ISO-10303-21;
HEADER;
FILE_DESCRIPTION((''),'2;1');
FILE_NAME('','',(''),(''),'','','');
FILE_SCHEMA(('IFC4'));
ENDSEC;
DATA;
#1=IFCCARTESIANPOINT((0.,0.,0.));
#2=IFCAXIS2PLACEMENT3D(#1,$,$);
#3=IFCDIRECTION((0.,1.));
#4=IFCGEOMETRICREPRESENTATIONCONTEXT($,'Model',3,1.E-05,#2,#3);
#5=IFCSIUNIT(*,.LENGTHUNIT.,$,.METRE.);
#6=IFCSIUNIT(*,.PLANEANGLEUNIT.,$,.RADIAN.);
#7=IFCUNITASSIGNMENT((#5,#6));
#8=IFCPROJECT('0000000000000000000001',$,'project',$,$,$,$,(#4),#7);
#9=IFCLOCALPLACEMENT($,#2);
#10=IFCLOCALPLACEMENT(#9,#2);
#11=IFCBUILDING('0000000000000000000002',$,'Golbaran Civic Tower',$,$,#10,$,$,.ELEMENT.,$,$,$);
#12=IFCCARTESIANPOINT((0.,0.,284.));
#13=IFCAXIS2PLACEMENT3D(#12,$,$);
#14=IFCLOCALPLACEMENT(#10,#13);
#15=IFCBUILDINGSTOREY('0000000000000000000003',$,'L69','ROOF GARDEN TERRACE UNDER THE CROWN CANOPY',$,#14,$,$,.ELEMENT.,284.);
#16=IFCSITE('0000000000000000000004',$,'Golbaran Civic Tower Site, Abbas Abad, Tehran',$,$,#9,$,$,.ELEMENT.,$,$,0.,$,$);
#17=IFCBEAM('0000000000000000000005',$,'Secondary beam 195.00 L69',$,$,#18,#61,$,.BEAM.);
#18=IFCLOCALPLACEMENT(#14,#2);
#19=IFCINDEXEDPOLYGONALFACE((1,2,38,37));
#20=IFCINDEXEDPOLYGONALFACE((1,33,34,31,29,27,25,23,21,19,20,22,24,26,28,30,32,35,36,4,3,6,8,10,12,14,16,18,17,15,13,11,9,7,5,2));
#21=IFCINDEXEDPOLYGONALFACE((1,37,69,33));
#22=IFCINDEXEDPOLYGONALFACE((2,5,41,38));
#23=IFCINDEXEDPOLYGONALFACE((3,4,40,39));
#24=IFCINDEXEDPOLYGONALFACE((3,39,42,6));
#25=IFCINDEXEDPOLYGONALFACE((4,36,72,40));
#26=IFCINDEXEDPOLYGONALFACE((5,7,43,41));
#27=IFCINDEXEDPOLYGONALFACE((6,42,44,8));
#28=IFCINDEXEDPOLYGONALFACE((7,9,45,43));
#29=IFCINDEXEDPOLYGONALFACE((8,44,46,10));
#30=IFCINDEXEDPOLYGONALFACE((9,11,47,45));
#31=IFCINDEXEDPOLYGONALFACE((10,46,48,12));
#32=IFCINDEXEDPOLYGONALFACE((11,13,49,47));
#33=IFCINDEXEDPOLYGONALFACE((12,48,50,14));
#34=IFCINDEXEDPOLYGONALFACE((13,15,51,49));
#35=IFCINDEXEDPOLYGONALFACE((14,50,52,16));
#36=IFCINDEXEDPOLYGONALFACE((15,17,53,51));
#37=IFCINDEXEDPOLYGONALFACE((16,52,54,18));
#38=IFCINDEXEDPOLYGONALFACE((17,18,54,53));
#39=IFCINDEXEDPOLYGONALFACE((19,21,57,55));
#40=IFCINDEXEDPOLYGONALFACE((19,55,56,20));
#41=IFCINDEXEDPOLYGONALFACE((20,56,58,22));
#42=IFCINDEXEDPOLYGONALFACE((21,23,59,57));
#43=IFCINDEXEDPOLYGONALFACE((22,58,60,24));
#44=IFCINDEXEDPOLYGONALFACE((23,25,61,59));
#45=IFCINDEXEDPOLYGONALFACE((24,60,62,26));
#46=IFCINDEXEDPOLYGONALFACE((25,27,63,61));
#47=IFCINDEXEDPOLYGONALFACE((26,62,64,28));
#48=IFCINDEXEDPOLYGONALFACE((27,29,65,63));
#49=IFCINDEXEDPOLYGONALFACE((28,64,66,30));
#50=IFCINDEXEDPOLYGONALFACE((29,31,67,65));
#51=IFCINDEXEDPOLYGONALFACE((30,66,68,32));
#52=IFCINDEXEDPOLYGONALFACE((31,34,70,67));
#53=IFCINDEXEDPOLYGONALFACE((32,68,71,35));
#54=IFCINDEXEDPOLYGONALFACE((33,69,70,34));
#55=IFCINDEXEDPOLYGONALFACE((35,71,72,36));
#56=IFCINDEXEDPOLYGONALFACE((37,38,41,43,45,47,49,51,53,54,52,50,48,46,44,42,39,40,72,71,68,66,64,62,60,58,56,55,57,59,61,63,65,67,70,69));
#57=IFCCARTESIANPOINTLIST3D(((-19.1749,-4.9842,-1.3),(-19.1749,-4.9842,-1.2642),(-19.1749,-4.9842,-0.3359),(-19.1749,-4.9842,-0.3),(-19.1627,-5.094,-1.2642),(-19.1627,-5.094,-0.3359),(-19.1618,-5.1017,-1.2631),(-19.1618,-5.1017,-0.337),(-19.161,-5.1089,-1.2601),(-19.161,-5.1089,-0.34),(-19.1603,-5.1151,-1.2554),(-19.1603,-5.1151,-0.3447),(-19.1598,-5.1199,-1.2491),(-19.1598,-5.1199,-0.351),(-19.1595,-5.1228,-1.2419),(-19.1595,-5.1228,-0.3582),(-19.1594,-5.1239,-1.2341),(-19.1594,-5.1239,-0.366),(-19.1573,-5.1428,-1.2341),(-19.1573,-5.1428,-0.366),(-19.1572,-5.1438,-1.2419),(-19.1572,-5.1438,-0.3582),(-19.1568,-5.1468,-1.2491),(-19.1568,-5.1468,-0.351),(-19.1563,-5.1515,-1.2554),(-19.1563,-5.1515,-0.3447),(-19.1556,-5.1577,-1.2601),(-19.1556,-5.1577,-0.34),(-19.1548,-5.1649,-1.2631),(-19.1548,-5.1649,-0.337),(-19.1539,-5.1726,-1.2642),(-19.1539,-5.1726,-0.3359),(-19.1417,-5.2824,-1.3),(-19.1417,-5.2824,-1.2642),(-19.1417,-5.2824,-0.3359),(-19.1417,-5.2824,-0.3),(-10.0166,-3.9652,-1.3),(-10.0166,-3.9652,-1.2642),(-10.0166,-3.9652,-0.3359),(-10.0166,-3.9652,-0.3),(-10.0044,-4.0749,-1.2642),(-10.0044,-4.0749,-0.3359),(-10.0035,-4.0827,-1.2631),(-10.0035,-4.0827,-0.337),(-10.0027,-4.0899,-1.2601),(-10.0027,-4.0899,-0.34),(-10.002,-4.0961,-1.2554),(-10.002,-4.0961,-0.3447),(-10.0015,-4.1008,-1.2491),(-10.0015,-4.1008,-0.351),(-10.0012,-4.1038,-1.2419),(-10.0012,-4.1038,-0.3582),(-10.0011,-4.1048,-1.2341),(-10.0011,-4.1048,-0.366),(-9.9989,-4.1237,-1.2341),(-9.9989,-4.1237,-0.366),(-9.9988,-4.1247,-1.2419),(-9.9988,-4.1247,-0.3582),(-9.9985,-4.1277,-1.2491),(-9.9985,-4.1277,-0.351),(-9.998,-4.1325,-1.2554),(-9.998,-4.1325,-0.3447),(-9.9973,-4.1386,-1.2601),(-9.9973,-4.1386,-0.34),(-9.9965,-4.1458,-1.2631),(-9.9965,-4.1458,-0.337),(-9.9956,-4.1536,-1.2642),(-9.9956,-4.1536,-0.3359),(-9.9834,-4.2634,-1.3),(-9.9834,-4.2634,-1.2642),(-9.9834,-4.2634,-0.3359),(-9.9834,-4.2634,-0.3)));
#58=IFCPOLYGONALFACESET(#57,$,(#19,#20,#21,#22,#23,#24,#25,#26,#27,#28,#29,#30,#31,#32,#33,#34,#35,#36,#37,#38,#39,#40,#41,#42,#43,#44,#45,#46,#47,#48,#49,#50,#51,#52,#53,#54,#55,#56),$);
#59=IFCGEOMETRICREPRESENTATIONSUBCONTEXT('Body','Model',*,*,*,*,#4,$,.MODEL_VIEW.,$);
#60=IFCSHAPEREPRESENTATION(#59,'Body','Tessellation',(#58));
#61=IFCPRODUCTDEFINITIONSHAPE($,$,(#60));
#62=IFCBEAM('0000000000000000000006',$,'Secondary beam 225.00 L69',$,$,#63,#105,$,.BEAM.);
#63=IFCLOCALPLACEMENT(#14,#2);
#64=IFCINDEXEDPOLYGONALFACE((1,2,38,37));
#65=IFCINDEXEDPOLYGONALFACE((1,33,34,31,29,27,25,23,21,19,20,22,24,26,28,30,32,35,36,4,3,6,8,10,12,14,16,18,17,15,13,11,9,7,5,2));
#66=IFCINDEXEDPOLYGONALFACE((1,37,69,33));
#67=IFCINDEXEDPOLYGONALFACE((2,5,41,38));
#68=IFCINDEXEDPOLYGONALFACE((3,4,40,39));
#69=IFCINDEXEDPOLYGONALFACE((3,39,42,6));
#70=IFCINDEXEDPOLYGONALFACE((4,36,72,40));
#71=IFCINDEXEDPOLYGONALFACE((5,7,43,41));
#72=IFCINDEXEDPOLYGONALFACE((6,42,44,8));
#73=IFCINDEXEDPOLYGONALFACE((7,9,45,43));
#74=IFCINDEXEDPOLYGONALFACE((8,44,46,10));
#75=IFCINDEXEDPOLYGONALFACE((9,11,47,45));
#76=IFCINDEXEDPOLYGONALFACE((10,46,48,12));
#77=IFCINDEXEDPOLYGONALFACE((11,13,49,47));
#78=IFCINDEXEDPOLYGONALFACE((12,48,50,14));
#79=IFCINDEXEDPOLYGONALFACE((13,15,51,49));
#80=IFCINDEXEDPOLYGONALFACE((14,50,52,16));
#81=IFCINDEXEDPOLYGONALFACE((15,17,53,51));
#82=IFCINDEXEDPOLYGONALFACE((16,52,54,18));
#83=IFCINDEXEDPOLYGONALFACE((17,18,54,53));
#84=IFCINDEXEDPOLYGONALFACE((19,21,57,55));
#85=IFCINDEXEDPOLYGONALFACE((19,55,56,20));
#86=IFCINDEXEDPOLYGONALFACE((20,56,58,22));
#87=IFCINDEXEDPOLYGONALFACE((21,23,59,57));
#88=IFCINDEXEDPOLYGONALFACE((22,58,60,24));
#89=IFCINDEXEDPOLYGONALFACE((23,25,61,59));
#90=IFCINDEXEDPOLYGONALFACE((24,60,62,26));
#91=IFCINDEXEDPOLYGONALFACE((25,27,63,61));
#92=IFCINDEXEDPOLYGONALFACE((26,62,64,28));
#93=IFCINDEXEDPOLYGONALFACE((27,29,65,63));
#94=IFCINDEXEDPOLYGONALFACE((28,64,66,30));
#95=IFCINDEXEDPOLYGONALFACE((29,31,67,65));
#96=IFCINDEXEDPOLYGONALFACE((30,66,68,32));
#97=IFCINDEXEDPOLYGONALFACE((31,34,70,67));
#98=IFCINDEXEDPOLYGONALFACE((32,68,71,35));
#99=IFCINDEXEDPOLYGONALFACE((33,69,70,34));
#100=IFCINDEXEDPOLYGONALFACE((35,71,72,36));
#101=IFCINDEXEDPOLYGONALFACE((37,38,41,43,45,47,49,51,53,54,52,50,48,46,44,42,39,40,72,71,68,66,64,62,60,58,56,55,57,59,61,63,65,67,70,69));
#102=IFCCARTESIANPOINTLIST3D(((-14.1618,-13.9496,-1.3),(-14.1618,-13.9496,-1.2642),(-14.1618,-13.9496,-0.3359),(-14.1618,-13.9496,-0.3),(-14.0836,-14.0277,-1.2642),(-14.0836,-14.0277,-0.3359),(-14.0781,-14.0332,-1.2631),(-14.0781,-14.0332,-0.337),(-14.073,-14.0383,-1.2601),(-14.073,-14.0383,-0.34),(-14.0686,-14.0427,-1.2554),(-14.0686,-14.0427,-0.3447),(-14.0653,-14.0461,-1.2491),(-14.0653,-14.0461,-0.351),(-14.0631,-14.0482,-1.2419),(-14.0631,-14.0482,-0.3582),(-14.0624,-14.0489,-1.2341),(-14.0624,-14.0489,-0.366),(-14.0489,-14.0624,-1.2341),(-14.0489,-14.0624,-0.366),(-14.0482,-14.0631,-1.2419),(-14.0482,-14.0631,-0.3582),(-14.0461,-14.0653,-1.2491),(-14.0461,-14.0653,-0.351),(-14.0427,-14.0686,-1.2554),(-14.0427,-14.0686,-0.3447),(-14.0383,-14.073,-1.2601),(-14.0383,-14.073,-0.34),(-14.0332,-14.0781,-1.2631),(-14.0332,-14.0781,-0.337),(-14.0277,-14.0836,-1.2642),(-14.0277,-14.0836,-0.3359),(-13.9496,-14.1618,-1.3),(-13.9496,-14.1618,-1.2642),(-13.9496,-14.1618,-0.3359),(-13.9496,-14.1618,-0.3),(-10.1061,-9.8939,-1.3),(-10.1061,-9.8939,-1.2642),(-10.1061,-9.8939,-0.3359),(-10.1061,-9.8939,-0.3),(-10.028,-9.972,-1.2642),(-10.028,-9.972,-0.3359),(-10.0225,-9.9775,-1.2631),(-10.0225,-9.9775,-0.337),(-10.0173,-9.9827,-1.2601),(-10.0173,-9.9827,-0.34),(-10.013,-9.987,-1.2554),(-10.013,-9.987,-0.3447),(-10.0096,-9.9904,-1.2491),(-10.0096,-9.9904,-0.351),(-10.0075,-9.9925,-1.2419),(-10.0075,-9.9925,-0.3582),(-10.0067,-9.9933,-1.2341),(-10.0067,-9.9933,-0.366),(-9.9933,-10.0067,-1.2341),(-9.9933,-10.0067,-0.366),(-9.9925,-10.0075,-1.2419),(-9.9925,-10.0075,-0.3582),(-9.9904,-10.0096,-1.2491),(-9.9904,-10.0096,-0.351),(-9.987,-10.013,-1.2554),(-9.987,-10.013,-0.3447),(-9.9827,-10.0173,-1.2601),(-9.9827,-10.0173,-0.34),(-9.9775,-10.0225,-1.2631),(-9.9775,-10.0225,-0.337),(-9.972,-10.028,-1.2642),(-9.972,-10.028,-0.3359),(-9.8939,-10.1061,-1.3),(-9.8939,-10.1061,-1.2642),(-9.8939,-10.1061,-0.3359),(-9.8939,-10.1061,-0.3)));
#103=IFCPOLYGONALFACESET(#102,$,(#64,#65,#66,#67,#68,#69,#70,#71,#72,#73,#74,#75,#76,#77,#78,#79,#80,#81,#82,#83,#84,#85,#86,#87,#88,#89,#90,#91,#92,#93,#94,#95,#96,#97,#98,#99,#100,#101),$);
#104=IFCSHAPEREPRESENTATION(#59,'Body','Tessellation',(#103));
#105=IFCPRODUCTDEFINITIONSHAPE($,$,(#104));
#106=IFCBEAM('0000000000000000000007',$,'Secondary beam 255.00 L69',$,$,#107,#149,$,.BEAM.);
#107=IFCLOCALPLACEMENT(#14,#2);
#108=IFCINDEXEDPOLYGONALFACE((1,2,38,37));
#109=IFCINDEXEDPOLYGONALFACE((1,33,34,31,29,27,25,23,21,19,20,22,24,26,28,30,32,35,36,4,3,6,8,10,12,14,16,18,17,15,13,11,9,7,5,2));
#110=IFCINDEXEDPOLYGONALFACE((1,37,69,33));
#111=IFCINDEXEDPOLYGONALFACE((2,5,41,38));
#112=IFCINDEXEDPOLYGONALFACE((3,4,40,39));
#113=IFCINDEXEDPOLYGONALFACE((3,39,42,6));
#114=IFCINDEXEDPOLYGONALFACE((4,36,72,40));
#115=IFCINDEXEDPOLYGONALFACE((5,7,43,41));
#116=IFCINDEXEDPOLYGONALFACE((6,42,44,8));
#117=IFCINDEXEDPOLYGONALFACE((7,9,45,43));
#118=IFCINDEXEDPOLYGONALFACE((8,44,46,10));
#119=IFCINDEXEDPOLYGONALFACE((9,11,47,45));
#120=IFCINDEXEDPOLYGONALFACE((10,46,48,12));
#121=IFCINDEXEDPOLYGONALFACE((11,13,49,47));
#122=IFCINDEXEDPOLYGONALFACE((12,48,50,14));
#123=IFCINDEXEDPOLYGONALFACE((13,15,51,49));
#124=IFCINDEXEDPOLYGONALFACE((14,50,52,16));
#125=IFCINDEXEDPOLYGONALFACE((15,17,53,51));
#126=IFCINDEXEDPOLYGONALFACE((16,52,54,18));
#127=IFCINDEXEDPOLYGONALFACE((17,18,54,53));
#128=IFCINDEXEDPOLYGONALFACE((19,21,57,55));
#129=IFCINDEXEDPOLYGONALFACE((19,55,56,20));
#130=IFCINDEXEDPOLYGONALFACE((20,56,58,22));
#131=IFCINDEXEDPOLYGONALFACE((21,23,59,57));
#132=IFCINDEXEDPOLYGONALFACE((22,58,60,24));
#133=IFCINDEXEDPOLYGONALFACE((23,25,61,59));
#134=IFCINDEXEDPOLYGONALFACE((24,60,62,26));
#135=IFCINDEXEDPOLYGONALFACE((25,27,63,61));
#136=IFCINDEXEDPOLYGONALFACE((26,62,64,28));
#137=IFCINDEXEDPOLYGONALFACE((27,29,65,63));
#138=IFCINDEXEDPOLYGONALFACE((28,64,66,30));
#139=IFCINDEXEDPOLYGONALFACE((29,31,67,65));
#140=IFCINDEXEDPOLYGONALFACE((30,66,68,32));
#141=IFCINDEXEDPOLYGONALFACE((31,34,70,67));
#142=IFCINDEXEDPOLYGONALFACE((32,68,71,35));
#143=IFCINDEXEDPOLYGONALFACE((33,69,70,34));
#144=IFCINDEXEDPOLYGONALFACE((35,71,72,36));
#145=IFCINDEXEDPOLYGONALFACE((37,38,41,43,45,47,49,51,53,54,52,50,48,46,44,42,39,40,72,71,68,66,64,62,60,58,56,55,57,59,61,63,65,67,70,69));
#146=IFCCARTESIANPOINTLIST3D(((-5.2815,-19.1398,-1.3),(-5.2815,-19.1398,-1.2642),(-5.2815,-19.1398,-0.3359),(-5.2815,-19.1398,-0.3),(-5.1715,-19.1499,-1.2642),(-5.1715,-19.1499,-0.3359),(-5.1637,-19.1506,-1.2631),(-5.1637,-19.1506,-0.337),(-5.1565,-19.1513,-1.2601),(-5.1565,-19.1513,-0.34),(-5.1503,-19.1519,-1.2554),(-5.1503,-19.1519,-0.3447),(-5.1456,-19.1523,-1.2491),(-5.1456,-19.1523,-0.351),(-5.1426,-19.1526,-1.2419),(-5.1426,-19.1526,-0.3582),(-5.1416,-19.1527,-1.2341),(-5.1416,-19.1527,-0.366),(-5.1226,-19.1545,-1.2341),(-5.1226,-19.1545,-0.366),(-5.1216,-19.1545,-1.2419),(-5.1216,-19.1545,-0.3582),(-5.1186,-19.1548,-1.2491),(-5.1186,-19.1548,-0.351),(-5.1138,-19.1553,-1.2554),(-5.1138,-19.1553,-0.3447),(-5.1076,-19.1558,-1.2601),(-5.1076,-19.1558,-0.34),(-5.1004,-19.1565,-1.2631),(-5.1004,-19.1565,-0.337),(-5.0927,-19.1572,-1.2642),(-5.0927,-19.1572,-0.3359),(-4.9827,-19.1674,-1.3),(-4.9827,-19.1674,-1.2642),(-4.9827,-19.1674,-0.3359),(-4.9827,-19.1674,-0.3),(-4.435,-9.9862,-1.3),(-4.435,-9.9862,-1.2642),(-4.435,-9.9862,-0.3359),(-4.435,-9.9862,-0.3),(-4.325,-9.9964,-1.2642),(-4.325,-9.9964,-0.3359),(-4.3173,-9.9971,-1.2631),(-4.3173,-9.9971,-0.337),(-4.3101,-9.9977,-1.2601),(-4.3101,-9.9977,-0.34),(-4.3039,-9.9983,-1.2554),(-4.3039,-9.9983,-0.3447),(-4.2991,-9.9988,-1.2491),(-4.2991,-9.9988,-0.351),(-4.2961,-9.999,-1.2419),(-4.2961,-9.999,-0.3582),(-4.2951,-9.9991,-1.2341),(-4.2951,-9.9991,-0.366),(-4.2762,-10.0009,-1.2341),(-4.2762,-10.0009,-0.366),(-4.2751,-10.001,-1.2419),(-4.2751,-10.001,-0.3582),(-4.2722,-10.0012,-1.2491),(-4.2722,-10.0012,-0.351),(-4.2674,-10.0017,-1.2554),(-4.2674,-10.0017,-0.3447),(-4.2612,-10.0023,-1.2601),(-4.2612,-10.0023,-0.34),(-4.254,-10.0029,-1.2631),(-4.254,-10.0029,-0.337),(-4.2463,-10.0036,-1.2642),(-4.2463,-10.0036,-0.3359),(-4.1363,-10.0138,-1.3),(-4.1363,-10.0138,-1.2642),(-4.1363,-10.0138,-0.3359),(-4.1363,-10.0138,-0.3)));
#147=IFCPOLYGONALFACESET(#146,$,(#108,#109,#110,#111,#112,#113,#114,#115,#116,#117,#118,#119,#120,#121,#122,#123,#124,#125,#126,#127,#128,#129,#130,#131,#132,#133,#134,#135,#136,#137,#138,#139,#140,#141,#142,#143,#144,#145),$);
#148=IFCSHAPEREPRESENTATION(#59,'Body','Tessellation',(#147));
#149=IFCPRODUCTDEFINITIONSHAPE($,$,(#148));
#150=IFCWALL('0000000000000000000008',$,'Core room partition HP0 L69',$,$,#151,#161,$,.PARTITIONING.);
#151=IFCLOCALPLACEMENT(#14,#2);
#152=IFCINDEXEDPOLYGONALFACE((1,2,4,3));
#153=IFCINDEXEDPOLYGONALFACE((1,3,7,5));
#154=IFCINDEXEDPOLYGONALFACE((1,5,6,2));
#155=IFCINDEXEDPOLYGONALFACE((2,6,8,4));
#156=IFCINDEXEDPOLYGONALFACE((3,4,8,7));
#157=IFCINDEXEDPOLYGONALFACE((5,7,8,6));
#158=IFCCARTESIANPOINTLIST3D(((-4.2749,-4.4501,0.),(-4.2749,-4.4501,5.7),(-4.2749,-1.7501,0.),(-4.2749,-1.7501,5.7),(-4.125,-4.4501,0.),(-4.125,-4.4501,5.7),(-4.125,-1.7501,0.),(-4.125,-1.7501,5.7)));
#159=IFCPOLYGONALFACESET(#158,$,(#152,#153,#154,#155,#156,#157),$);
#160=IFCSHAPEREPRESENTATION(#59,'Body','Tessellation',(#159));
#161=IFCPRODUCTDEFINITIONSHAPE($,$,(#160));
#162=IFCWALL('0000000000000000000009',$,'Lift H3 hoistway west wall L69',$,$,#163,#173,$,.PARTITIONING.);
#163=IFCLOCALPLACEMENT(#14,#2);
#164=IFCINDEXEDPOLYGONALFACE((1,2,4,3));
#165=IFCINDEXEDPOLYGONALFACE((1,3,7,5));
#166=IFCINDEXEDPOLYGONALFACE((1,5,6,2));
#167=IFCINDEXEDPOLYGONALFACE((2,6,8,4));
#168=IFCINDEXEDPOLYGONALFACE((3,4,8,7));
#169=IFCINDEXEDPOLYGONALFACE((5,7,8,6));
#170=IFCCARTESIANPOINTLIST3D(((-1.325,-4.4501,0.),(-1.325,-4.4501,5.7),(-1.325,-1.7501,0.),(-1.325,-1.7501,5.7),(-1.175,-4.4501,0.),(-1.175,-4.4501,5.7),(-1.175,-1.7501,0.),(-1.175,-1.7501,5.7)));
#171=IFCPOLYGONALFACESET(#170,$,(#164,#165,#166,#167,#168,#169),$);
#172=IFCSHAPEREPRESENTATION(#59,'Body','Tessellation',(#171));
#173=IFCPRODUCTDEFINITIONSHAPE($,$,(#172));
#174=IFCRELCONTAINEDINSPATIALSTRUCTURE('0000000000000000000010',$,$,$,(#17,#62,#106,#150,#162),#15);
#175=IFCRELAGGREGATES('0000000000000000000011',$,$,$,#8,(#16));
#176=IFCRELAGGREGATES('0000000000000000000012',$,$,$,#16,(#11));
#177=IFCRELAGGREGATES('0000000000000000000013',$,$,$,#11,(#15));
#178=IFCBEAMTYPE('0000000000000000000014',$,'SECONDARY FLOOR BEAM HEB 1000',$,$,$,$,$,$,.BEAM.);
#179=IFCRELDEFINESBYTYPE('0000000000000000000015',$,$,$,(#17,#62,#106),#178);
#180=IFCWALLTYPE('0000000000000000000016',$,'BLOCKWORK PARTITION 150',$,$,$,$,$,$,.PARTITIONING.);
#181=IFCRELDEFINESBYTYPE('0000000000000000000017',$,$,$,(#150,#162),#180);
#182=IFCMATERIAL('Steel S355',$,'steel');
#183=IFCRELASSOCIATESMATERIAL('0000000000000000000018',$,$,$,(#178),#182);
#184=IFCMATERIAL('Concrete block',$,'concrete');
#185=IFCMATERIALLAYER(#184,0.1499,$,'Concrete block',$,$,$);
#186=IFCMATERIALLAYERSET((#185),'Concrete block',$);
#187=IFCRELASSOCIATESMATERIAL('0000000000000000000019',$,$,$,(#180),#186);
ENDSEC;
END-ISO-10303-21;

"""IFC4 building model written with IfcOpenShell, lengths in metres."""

from ifc_helpers import new_model, si_unit, direction, frame, frame_2d, origin, origin_2d, place, context, subcontext, project, spatial, rectangle, i_section, extrude, material, layer, layer_set, material_profile, profile_set, type_object, element, save


model = new_model("IFC4")

# Units and contexts
model_context = context("Model", 3, precision=1e-05, world=origin(), true_north=direction((0.0, 1.0)))
body_context = subcontext(model_context, "Body", "Model", "MODEL_VIEW")
ifc_project = project(units=[si_unit("LENGTHUNIT", "METRE"), si_unit("PLANEANGLEUNIT", "RADIAN")], contexts=[model_context])

# Site, building, storey
site_placement = place(None, origin())
site = spatial("IfcSite", under=ifc_project, at=site_placement, Name="Golbaran Civic Tower Site, Abbas Abad, Tehran", CompositionType="ELEMENT", RefElevation=0.0)
building_placement = place(site_placement, origin())
building = spatial("IfcBuilding", under=site, at=building_placement, Name="Golbaran Civic Tower", CompositionType="ELEMENT")
storey_placement = place(building_placement, frame((0.0, 0.0, 284.0)))
storey = spatial("IfcBuildingStorey", under=building, at=storey_placement, Name="L69", Description="ROOF GARDEN TERRACE UNDER THE CROWN CANOPY", CompositionType="ELEMENT", Elevation=284.0)

# Shared definitions
ifc_material_1 = material(Name="Steel S355", Category="steel")

# Beams
ifc_material_profile_1 = material_profile(ifc_material_1, i_section(OverallWidth=0.3, OverallDepth=1.0, WebThickness=0.019, FlangeThickness=0.0359, FilletRadius=0.03, at=origin_2d()), Name="HEB 1000")
ifc_profile_set_1 = profile_set([ifc_material_profile_1], Name="Steel S355")
beam_type_1 = type_object("IfcBeamType", Name="SECONDARY FLOOR BEAM HEB 1000", PredefinedType="BEAM", material=ifc_profile_set_1)
beam_1_placement = place(storey_placement, frame((-10.0, -4.1143, -0.8), z_axis=(-0.993866, -0.110589, 0.0), x_axis=(0.110589, -0.993866, 0.0)))
element("IfcBeam", 1, at=beam_1_placement, inside=storey, type_object=beam_type_1, Name="Secondary beam 195.00 L69", PredefinedType="BEAM", context=body_context, shape_type="SweptSolid", body=[
    extrude(i_section(OverallWidth=0.3, OverallDepth=1.0, WebThickness=0.019, FlangeThickness=0.0359, FilletRadius=0.03, at=origin_2d()), origin(), (0.0, 0.0, 1.0), 9.2148),
])
beam_2_placement = place(storey_placement, frame((-10.0, -10.0, -0.8), z_axis=(-0.707107, -0.707107, 0.0), x_axis=(0.707107, -0.707107, 0.0)))
element("IfcBeam", 2, at=beam_2_placement, inside=storey, type_object=beam_type_1, Name="Secondary beam 225.00 L69", PredefinedType="BEAM", context=body_context, shape_type="SweptSolid", body=[
    extrude(i_section(OverallWidth=0.3, OverallDepth=1.0, WebThickness=0.019, FlangeThickness=0.0359, FilletRadius=0.03, at=origin_2d()), origin(), (0.0, 0.0, 1.0), 5.7356),
])
beam_3_placement = place(storey_placement, frame((-4.2856, -10.0, -0.8), z_axis=(-0.092078, -0.995752, 0.0), x_axis=(0.995752, -0.092078, 0.0)))
element("IfcBeam", 3, at=beam_3_placement, inside=storey, type_object=beam_type_1, Name="Secondary beam 255.00 L69", PredefinedType="BEAM", context=body_context, shape_type="SweptSolid", body=[
    extrude(i_section(OverallWidth=0.3, OverallDepth=1.0, WebThickness=0.019, FlangeThickness=0.0359, FilletRadius=0.03, at=origin_2d()), origin(), (0.0, 0.0, 1.0), 9.1926),
])

# Walls
ifc_material_2 = material(Name="Concrete block", Category="concrete")
ifc_layer_1 = layer(ifc_material_2, 0.1499, Name="Concrete block")
ifc_layer_set_1 = layer_set([ifc_layer_1], Name="Concrete block")
wall_type_1 = type_object("IfcWallType", Name="BLOCKWORK PARTITION 150", PredefinedType="PARTITIONING", material=ifc_layer_set_1)
for number, where, z_axis, x_axis, name in (
    (4, (-4.2, -1.75, 0.0), (0.0, 0.0, 1.0), (0.0, -1.0, 0.0), "Core room partition HP0 L69"),
    (5, (-1.25, -1.75, 0.0), (0.0, 0.0, 1.0), (0.0, -1.0, 0.0), "Lift H3 hoistway west wall L69"),
):
    element("IfcWall", number, at=place(storey_placement, frame(where, z_axis=z_axis, x_axis=x_axis)), inside=storey, type_object=wall_type_1, Name=name, PredefinedType="PARTITIONING", context=body_context, shape_type="SweptSolid", body=[
        extrude(rectangle(XDim=2.7, YDim=0.1499, at=frame_2d((1.3501, 0.0))), origin(), (0.0, 0.0, 1.0), 5.7),
    ])

save(model, "model.ifc")
